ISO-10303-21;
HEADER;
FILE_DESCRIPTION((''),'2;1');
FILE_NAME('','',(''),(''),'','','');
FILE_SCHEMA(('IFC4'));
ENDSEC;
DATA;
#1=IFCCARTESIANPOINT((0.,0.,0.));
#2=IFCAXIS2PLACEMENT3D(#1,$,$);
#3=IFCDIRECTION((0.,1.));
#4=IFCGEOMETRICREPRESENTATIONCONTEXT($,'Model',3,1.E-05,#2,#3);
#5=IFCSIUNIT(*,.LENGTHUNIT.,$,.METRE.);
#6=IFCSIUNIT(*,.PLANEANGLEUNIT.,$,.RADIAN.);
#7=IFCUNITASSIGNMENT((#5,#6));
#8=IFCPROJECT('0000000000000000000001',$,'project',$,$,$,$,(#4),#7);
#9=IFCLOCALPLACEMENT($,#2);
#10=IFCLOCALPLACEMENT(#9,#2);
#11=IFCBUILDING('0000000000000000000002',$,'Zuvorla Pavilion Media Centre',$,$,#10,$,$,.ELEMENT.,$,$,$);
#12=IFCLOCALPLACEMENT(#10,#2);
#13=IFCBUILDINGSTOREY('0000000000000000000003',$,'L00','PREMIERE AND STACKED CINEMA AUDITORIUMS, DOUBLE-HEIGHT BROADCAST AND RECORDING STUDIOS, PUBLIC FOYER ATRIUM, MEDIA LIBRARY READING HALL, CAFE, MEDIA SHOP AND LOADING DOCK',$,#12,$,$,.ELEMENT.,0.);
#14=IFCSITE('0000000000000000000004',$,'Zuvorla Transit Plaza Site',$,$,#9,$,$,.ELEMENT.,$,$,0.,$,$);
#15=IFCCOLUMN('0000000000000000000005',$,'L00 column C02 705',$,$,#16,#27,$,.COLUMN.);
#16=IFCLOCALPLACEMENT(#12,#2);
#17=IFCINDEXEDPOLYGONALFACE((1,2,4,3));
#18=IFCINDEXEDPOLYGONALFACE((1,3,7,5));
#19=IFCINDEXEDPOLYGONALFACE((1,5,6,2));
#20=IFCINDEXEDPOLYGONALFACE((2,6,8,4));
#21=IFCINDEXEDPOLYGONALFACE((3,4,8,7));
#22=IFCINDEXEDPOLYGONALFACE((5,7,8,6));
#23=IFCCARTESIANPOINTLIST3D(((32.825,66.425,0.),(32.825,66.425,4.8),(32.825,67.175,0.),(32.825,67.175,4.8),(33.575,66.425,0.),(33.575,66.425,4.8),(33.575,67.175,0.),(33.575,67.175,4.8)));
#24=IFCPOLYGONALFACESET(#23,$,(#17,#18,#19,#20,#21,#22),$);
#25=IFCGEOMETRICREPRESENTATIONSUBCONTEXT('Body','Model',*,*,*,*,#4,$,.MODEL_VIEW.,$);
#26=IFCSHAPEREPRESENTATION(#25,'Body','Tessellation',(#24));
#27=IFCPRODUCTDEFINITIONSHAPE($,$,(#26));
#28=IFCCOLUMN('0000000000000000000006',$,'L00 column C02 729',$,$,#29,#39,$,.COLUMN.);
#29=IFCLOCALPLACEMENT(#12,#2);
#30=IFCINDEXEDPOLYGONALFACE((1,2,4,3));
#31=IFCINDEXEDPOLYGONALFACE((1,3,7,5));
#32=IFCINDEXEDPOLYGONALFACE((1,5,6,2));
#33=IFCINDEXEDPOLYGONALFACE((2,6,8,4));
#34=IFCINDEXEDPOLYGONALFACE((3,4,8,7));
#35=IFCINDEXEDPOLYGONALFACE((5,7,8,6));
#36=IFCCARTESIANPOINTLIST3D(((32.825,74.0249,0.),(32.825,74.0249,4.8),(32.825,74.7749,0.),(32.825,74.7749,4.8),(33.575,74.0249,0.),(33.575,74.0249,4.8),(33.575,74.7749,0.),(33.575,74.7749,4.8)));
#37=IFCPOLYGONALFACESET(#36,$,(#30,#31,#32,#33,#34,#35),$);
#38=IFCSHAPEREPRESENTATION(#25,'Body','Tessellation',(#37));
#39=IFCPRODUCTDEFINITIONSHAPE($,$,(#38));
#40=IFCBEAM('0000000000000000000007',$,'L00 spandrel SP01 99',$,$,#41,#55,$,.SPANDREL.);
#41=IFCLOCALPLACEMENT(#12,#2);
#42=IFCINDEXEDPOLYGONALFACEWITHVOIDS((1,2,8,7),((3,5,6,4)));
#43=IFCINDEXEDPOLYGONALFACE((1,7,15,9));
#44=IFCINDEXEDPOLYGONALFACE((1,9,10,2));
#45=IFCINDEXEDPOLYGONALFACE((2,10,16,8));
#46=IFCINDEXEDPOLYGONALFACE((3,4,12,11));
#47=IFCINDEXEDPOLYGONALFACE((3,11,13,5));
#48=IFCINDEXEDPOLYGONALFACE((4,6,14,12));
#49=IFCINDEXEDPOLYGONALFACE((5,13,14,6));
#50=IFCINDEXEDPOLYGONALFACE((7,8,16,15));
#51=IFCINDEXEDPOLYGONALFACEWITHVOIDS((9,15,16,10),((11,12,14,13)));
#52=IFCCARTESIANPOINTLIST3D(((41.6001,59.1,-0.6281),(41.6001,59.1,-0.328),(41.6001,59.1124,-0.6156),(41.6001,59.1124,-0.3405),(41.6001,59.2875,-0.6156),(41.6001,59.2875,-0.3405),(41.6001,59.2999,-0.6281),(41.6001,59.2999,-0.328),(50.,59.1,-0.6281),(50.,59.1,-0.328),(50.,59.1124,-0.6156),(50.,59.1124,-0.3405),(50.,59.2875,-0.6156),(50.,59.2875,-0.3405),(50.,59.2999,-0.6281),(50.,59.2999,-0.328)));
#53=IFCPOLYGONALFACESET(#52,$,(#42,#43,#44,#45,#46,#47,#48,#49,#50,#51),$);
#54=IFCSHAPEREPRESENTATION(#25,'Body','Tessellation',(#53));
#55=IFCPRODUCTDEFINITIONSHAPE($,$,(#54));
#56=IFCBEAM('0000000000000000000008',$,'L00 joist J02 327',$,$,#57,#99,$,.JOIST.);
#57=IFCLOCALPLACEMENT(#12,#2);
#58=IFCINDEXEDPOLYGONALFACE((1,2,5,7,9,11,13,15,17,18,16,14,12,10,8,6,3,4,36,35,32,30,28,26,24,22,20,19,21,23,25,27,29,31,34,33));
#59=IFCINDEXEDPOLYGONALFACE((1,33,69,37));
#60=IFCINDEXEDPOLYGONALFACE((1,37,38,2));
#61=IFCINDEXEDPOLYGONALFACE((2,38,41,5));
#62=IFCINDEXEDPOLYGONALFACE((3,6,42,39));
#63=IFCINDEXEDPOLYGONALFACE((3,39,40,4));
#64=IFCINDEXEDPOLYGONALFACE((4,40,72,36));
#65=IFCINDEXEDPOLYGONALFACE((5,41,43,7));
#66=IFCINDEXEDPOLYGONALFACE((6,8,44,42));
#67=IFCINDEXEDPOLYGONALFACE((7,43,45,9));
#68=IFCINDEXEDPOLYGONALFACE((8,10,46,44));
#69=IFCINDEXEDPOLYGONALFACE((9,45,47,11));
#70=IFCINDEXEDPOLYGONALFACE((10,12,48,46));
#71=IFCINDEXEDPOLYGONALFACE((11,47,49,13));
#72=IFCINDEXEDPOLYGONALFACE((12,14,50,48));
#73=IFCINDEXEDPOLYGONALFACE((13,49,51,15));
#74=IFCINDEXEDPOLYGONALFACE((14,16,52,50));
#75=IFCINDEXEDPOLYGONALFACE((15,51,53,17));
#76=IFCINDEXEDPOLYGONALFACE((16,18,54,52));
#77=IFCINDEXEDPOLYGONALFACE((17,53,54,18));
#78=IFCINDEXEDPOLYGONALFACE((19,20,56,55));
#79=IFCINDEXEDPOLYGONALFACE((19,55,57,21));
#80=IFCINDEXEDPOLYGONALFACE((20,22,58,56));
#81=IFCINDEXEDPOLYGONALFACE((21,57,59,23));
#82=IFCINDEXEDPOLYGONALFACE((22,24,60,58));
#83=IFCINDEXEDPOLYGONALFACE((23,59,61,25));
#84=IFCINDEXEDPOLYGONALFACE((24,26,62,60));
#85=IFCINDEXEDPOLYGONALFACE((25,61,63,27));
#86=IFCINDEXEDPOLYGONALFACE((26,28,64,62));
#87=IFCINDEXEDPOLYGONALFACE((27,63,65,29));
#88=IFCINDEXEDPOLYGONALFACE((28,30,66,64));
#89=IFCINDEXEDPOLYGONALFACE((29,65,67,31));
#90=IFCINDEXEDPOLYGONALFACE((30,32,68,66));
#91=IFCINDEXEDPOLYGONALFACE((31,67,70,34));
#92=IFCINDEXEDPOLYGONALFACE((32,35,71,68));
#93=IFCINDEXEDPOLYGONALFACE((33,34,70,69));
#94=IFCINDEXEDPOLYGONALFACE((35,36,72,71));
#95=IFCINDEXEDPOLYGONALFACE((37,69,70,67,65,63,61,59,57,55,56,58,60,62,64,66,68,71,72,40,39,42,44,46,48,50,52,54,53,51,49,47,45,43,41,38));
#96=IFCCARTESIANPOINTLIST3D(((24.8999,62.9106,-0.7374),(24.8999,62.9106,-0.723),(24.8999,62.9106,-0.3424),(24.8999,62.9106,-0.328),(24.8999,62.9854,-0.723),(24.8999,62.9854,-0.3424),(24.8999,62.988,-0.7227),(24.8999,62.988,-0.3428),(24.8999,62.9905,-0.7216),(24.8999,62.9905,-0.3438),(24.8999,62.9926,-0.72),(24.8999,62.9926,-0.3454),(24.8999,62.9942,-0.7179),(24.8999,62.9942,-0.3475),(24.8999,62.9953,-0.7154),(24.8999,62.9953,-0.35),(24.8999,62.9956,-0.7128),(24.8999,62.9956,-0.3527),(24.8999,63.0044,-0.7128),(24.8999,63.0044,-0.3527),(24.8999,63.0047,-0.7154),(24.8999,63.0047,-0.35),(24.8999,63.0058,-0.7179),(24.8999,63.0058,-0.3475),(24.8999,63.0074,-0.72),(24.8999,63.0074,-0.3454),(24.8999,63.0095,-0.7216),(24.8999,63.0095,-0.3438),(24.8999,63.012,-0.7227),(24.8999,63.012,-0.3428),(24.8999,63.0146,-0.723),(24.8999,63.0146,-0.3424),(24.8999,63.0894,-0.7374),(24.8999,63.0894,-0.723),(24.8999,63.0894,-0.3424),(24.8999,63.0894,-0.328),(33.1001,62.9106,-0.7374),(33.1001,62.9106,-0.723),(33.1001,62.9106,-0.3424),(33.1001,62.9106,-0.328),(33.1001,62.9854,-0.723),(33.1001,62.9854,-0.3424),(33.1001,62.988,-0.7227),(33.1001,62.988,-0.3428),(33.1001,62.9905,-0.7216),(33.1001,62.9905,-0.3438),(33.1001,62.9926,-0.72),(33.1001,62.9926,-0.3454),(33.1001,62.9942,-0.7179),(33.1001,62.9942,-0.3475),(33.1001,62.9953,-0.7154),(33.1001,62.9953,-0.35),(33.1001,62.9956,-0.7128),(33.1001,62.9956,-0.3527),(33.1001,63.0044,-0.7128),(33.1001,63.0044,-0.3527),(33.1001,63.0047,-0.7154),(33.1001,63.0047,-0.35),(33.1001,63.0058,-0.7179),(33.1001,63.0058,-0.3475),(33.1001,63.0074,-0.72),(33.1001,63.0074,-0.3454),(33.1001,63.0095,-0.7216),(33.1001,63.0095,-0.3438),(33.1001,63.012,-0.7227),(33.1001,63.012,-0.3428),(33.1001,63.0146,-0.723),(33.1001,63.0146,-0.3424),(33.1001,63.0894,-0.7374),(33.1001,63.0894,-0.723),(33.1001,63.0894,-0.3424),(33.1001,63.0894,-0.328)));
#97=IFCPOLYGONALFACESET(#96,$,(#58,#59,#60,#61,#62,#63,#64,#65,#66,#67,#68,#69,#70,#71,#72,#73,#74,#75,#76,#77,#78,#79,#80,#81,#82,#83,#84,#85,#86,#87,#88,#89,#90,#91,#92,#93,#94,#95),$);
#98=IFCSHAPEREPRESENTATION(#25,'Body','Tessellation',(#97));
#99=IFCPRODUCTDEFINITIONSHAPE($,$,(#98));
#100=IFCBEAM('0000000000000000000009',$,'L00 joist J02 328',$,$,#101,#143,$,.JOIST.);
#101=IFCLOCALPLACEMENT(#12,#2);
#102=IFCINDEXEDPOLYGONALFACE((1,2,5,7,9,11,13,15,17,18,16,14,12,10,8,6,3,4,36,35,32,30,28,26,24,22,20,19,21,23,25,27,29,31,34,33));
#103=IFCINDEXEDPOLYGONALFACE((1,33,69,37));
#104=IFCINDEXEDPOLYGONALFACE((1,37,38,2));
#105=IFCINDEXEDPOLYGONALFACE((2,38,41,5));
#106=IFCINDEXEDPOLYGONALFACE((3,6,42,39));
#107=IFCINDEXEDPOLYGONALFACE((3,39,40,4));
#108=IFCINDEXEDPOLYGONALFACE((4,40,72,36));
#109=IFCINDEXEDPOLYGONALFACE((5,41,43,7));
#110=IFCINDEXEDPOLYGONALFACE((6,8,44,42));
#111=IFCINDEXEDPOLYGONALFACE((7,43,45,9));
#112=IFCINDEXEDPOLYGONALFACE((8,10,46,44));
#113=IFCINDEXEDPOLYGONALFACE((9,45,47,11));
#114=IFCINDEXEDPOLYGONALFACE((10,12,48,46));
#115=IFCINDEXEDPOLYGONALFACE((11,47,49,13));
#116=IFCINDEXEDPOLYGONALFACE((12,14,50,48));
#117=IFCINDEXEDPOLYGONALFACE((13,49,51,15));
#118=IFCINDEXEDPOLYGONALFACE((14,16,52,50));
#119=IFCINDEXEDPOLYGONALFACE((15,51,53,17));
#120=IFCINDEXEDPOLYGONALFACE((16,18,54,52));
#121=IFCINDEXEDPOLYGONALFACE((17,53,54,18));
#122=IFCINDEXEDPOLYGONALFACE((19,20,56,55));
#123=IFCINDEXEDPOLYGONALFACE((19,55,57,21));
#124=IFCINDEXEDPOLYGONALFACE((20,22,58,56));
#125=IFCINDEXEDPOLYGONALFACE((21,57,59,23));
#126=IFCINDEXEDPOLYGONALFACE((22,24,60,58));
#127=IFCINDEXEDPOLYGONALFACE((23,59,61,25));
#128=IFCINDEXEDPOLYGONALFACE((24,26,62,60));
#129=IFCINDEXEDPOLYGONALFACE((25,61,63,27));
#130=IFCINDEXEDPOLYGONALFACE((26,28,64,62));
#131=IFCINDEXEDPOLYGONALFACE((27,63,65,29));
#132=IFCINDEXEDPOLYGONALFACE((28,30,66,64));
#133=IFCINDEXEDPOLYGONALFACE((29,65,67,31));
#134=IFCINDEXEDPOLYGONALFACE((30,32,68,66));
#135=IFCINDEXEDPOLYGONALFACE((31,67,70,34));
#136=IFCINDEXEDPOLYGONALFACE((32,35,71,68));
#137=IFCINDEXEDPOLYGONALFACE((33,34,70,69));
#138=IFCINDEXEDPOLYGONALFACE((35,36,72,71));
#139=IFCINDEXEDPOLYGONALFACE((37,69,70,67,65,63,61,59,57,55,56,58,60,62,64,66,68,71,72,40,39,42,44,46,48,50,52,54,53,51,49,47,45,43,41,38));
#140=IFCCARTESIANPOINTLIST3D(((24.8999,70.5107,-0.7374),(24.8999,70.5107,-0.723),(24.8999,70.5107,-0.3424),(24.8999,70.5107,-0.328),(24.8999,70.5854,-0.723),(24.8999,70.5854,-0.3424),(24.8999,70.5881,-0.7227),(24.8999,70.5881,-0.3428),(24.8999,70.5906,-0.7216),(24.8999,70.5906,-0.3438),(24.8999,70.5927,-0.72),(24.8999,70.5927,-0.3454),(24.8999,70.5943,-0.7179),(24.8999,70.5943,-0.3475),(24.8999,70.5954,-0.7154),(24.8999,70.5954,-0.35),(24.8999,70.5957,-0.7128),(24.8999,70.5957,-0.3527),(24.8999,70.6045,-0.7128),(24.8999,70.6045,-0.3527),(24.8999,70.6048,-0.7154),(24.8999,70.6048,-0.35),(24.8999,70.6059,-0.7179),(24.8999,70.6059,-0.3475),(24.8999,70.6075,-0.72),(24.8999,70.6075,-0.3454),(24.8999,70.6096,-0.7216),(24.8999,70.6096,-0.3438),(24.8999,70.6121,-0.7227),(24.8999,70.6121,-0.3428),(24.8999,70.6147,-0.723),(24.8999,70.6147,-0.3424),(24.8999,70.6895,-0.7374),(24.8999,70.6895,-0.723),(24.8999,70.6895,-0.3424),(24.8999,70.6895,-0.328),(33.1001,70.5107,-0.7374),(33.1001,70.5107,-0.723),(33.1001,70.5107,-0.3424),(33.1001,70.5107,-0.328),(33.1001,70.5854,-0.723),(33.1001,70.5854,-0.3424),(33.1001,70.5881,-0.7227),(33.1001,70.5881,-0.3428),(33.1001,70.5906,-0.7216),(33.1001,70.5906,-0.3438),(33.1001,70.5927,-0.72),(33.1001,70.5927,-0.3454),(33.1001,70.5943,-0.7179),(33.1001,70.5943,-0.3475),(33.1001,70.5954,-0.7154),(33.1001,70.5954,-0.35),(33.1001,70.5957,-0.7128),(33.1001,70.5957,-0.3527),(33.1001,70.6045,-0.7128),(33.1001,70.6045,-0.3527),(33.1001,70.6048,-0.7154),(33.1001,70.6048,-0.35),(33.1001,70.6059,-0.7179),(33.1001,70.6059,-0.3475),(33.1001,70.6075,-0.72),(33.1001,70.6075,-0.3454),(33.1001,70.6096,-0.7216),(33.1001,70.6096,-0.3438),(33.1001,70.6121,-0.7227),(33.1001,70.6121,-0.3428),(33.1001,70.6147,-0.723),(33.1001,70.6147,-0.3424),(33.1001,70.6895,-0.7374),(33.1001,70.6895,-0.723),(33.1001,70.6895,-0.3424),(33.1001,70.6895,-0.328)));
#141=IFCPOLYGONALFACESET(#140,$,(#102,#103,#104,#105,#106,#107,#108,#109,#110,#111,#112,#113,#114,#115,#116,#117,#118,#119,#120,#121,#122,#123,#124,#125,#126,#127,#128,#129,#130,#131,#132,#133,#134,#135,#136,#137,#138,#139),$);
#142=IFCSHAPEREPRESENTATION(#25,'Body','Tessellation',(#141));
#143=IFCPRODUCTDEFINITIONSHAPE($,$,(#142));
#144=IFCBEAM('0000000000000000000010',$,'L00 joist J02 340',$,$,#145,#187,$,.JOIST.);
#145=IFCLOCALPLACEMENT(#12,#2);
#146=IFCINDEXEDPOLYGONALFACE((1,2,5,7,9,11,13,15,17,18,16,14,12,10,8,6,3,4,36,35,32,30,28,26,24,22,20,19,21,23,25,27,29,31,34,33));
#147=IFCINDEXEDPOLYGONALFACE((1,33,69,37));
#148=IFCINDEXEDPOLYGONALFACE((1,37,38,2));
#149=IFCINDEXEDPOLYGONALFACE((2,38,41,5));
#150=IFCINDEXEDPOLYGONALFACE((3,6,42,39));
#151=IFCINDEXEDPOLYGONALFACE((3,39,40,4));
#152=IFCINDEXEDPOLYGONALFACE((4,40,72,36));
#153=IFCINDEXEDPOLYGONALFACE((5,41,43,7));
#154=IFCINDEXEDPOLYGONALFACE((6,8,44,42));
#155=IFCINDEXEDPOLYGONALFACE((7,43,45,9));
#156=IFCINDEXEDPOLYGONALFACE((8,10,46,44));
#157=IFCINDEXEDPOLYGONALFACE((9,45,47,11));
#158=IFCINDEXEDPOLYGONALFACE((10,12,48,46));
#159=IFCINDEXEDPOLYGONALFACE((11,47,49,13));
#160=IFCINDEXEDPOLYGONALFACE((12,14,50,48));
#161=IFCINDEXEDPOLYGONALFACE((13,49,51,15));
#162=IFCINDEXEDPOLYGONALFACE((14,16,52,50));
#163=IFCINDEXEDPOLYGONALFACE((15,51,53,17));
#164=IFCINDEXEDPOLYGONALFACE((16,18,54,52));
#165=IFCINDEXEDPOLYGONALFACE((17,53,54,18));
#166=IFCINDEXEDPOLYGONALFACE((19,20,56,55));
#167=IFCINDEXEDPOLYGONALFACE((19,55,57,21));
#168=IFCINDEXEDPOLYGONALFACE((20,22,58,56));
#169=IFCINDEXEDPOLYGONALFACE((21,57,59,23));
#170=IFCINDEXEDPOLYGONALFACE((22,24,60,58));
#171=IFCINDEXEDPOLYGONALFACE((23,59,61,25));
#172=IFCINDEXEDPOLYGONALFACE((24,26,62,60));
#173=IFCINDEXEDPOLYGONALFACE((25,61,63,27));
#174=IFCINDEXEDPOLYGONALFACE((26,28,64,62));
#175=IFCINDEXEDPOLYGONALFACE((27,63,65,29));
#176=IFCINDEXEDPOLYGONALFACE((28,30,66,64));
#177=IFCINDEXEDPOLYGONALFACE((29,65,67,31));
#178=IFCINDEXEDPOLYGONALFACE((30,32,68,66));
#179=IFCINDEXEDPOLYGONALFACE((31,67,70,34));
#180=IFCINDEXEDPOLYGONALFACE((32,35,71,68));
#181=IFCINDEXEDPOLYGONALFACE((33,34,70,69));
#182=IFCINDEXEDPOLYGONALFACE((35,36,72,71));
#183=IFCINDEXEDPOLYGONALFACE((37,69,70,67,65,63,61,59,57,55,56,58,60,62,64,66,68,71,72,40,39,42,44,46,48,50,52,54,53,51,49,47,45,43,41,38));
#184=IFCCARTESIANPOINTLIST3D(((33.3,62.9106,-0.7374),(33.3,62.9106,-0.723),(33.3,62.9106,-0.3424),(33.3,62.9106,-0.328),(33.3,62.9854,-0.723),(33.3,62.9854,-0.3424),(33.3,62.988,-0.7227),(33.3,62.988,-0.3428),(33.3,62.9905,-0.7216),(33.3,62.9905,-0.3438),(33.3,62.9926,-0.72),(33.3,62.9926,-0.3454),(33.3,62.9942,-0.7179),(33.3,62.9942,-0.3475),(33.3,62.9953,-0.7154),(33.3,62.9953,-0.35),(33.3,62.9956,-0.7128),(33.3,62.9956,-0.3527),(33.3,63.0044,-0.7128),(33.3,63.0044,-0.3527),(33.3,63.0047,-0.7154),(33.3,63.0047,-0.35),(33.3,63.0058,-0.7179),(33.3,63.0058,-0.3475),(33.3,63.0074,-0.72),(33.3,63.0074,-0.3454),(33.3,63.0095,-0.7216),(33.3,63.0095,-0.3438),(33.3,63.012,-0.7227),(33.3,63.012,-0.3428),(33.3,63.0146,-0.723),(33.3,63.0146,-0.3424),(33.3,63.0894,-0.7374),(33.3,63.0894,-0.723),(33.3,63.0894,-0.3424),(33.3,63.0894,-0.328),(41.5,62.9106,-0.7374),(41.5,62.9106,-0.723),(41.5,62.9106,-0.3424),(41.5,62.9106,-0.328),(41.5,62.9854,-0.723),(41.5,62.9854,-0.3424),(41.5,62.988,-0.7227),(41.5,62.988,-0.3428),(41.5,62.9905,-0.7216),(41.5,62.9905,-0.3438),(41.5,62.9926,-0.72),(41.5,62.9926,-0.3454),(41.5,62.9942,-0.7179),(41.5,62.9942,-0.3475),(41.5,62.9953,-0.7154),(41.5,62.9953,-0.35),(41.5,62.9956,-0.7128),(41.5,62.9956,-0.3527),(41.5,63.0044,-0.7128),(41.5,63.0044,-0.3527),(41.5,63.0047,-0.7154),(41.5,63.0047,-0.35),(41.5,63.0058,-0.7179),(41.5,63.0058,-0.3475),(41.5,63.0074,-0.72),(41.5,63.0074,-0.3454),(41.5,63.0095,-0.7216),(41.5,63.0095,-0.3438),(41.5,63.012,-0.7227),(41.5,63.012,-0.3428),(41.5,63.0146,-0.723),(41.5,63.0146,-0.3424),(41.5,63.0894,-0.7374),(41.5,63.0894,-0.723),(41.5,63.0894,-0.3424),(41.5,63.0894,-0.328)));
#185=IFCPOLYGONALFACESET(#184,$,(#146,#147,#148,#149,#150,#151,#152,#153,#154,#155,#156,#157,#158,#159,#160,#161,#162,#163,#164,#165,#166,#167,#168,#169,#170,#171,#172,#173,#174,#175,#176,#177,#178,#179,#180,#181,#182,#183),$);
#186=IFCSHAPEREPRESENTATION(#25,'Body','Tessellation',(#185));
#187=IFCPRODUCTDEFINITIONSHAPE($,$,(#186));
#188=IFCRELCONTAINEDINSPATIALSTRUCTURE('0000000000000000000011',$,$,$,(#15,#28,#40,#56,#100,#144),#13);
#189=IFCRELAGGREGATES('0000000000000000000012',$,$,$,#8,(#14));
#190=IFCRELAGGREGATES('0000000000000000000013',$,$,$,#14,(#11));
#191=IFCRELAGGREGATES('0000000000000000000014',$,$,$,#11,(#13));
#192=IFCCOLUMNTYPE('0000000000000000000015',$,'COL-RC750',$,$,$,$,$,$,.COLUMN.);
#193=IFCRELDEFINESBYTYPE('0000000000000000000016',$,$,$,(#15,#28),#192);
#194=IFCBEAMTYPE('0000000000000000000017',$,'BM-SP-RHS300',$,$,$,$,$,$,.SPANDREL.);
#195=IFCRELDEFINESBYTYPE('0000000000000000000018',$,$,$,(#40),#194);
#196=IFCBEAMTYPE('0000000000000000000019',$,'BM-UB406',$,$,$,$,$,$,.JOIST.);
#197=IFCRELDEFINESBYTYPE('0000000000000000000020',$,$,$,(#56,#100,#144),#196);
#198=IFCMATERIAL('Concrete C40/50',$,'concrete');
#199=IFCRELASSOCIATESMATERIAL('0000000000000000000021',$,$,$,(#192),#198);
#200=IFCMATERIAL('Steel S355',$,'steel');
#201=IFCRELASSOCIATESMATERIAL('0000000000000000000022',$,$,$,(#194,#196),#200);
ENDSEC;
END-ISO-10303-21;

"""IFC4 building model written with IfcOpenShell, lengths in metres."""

from ifc_helpers import new_model, si_unit, direction, frame, origin, origin_2d, place, context, subcontext, project, spatial, rectangle, hollow_rectangle, i_section, extrude, material, material_profile, profile_set, type_object, element, save


model = new_model("IFC4")

# Units and contexts
model_context = context("Model", 3, precision=1e-05, world=origin(), true_north=direction((0.0, 1.0)))
body_context = subcontext(model_context, "Body", "Model", "MODEL_VIEW")
ifc_project = project(units=[si_unit("LENGTHUNIT", "METRE"), si_unit("PLANEANGLEUNIT", "RADIAN")], contexts=[model_context])

# Site, building, storey
site_placement = place(None, origin())
site = spatial("IfcSite", under=ifc_project, at=site_placement, Name="Zuvorla Transit Plaza Site", CompositionType="ELEMENT", RefElevation=0.0)
building_placement = place(site_placement, origin())
building = spatial("IfcBuilding", under=site, at=building_placement, Name="Zuvorla Pavilion Media Centre", CompositionType="ELEMENT")
storey_placement = place(building_placement, origin())
storey = spatial("IfcBuildingStorey", under=building, at=storey_placement, Name="L00", Description="PREMIERE AND STACKED CINEMA AUDITORIUMS, DOUBLE-HEIGHT BROADCAST AND RECORDING STUDIOS, PUBLIC FOYER ATRIUM, MEDIA LIBRARY READING HALL, CAFE, MEDIA SHOP AND LOADING DOCK", CompositionType="ELEMENT", Elevation=0.0)

# Columns
ifc_material_1 = material(Name="Concrete C40/50", Category="concrete")
ifc_material_profile_1 = material_profile(ifc_material_1, rectangle(XDim=0.75, YDim=0.75, at=origin_2d()), Name="RC 750x750")
ifc_profile_set_1 = profile_set([ifc_material_profile_1], Name="Concrete C40/50")
column_type = type_object("IfcColumnType", Name="COL-RC750", PredefinedType="COLUMN", material=ifc_profile_set_1)
for number, where, z_axis, x_axis, name in (
    (1, (33.2, 66.8, 0.0), (0.0, 0.0, 1.0), (1.0, 0.0, 0.0), "L00 column C02 705"),
    (2, (33.2, 74.3999, 0.0), (0.0, 0.0, 1.0), (1.0, 0.0, 0.0), "L00 column C02 729"),
):
    element("IfcColumn", number, at=place(storey_placement, frame(where, z_axis=z_axis, x_axis=x_axis)), inside=storey, type_object=column_type, Name=name, PredefinedType="COLUMN", context=body_context, shape_type="SweptSolid", body=[
        extrude(rectangle(XDim=0.75, YDim=0.75, at=origin_2d()), origin(), (0.0, 0.0, 1.0), 4.8),
    ])

# Beams
ifc_material_2 = material(Name="Steel S355", Category="steel")
ifc_material_profile_2 = material_profile(ifc_material_2, hollow_rectangle(XDim=0.2, YDim=0.3, WallThickness=0.0125, at=origin_2d()), Name="RHS 300x200x12.5")
ifc_profile_set_2 = profile_set([ifc_material_profile_2], Name="Steel S355")
beam_type_1 = type_object("IfcBeamType", Name="BM-SP-RHS300", PredefinedType="SPANDREL", material=ifc_profile_set_2)
beam_1_placement = place(storey_placement, frame((41.6001, 59.2, -0.478), z_axis=(1.0, 0.0, 0.0), x_axis=(0.0, 1.0, 0.0)))
element("IfcBeam", 3, at=beam_1_placement, inside=storey, type_object=beam_type_1, Name="L00 spandrel SP01 99", PredefinedType="SPANDREL", context=body_context, shape_type="SweptSolid", body=[
    extrude(hollow_rectangle(XDim=0.2, YDim=0.3, WallThickness=0.0125, at=origin_2d()), origin(), (0.0, 0.0, 1.0), 8.3999),
])
ifc_material_profile_3 = material_profile(ifc_material_2, i_section(OverallWidth=0.1787, OverallDepth=0.4094, WebThickness=0.0088, FlangeThickness=0.0144, FilletRadius=0.0103, at=origin_2d()), Name="UB 406x178x67")
ifc_profile_set_3 = profile_set([ifc_material_profile_3], Name="Steel S355")
beam_type_2 = type_object("IfcBeamType", Name="BM-UB406", PredefinedType="JOIST", material=ifc_profile_set_3)
for number, where, z_axis, x_axis, name in (
    (4, (24.8999, 63.0, -0.5327), (1.0, 0.0, 0.0), (0.0, 1.0, 0.0), "L00 joist J02 327"),
    (5, (24.8999, 70.6001, -0.5327), (1.0, 0.0, 0.0), (0.0, 1.0, 0.0), "L00 joist J02 328"),
):
    element("IfcBeam", number, at=place(storey_placement, frame(where, z_axis=z_axis, x_axis=x_axis)), inside=storey, type_object=beam_type_2, Name=name, PredefinedType="JOIST", context=body_context, shape_type="SweptSolid", body=[
        extrude(i_section(OverallWidth=0.1787, OverallDepth=0.4094, WebThickness=0.0088, FlangeThickness=0.0144, FilletRadius=0.0103, at=origin_2d()), origin(), (0.0, 0.0, 1.0), 8.2002),
    ])
for number, where, z_axis, x_axis, name in (
    (6, (33.3, 63.0, -0.5327), (1.0, 0.0, 0.0), (0.0, 1.0, 0.0), "L00 joist J02 340"),
):
    element("IfcBeam", number, at=place(storey_placement, frame(where, z_axis=z_axis, x_axis=x_axis)), inside=storey, type_object=beam_type_2, Name=name, PredefinedType="JOIST", context=body_context, shape_type="SweptSolid", body=[
        extrude(i_section(OverallWidth=0.1787, OverallDepth=0.4094, WebThickness=0.0088, FlangeThickness=0.0144, FilletRadius=0.0103, at=origin_2d()), origin(), (0.0, 0.0, 1.0), 8.2),
    ])

save(model, "model.ifc")
